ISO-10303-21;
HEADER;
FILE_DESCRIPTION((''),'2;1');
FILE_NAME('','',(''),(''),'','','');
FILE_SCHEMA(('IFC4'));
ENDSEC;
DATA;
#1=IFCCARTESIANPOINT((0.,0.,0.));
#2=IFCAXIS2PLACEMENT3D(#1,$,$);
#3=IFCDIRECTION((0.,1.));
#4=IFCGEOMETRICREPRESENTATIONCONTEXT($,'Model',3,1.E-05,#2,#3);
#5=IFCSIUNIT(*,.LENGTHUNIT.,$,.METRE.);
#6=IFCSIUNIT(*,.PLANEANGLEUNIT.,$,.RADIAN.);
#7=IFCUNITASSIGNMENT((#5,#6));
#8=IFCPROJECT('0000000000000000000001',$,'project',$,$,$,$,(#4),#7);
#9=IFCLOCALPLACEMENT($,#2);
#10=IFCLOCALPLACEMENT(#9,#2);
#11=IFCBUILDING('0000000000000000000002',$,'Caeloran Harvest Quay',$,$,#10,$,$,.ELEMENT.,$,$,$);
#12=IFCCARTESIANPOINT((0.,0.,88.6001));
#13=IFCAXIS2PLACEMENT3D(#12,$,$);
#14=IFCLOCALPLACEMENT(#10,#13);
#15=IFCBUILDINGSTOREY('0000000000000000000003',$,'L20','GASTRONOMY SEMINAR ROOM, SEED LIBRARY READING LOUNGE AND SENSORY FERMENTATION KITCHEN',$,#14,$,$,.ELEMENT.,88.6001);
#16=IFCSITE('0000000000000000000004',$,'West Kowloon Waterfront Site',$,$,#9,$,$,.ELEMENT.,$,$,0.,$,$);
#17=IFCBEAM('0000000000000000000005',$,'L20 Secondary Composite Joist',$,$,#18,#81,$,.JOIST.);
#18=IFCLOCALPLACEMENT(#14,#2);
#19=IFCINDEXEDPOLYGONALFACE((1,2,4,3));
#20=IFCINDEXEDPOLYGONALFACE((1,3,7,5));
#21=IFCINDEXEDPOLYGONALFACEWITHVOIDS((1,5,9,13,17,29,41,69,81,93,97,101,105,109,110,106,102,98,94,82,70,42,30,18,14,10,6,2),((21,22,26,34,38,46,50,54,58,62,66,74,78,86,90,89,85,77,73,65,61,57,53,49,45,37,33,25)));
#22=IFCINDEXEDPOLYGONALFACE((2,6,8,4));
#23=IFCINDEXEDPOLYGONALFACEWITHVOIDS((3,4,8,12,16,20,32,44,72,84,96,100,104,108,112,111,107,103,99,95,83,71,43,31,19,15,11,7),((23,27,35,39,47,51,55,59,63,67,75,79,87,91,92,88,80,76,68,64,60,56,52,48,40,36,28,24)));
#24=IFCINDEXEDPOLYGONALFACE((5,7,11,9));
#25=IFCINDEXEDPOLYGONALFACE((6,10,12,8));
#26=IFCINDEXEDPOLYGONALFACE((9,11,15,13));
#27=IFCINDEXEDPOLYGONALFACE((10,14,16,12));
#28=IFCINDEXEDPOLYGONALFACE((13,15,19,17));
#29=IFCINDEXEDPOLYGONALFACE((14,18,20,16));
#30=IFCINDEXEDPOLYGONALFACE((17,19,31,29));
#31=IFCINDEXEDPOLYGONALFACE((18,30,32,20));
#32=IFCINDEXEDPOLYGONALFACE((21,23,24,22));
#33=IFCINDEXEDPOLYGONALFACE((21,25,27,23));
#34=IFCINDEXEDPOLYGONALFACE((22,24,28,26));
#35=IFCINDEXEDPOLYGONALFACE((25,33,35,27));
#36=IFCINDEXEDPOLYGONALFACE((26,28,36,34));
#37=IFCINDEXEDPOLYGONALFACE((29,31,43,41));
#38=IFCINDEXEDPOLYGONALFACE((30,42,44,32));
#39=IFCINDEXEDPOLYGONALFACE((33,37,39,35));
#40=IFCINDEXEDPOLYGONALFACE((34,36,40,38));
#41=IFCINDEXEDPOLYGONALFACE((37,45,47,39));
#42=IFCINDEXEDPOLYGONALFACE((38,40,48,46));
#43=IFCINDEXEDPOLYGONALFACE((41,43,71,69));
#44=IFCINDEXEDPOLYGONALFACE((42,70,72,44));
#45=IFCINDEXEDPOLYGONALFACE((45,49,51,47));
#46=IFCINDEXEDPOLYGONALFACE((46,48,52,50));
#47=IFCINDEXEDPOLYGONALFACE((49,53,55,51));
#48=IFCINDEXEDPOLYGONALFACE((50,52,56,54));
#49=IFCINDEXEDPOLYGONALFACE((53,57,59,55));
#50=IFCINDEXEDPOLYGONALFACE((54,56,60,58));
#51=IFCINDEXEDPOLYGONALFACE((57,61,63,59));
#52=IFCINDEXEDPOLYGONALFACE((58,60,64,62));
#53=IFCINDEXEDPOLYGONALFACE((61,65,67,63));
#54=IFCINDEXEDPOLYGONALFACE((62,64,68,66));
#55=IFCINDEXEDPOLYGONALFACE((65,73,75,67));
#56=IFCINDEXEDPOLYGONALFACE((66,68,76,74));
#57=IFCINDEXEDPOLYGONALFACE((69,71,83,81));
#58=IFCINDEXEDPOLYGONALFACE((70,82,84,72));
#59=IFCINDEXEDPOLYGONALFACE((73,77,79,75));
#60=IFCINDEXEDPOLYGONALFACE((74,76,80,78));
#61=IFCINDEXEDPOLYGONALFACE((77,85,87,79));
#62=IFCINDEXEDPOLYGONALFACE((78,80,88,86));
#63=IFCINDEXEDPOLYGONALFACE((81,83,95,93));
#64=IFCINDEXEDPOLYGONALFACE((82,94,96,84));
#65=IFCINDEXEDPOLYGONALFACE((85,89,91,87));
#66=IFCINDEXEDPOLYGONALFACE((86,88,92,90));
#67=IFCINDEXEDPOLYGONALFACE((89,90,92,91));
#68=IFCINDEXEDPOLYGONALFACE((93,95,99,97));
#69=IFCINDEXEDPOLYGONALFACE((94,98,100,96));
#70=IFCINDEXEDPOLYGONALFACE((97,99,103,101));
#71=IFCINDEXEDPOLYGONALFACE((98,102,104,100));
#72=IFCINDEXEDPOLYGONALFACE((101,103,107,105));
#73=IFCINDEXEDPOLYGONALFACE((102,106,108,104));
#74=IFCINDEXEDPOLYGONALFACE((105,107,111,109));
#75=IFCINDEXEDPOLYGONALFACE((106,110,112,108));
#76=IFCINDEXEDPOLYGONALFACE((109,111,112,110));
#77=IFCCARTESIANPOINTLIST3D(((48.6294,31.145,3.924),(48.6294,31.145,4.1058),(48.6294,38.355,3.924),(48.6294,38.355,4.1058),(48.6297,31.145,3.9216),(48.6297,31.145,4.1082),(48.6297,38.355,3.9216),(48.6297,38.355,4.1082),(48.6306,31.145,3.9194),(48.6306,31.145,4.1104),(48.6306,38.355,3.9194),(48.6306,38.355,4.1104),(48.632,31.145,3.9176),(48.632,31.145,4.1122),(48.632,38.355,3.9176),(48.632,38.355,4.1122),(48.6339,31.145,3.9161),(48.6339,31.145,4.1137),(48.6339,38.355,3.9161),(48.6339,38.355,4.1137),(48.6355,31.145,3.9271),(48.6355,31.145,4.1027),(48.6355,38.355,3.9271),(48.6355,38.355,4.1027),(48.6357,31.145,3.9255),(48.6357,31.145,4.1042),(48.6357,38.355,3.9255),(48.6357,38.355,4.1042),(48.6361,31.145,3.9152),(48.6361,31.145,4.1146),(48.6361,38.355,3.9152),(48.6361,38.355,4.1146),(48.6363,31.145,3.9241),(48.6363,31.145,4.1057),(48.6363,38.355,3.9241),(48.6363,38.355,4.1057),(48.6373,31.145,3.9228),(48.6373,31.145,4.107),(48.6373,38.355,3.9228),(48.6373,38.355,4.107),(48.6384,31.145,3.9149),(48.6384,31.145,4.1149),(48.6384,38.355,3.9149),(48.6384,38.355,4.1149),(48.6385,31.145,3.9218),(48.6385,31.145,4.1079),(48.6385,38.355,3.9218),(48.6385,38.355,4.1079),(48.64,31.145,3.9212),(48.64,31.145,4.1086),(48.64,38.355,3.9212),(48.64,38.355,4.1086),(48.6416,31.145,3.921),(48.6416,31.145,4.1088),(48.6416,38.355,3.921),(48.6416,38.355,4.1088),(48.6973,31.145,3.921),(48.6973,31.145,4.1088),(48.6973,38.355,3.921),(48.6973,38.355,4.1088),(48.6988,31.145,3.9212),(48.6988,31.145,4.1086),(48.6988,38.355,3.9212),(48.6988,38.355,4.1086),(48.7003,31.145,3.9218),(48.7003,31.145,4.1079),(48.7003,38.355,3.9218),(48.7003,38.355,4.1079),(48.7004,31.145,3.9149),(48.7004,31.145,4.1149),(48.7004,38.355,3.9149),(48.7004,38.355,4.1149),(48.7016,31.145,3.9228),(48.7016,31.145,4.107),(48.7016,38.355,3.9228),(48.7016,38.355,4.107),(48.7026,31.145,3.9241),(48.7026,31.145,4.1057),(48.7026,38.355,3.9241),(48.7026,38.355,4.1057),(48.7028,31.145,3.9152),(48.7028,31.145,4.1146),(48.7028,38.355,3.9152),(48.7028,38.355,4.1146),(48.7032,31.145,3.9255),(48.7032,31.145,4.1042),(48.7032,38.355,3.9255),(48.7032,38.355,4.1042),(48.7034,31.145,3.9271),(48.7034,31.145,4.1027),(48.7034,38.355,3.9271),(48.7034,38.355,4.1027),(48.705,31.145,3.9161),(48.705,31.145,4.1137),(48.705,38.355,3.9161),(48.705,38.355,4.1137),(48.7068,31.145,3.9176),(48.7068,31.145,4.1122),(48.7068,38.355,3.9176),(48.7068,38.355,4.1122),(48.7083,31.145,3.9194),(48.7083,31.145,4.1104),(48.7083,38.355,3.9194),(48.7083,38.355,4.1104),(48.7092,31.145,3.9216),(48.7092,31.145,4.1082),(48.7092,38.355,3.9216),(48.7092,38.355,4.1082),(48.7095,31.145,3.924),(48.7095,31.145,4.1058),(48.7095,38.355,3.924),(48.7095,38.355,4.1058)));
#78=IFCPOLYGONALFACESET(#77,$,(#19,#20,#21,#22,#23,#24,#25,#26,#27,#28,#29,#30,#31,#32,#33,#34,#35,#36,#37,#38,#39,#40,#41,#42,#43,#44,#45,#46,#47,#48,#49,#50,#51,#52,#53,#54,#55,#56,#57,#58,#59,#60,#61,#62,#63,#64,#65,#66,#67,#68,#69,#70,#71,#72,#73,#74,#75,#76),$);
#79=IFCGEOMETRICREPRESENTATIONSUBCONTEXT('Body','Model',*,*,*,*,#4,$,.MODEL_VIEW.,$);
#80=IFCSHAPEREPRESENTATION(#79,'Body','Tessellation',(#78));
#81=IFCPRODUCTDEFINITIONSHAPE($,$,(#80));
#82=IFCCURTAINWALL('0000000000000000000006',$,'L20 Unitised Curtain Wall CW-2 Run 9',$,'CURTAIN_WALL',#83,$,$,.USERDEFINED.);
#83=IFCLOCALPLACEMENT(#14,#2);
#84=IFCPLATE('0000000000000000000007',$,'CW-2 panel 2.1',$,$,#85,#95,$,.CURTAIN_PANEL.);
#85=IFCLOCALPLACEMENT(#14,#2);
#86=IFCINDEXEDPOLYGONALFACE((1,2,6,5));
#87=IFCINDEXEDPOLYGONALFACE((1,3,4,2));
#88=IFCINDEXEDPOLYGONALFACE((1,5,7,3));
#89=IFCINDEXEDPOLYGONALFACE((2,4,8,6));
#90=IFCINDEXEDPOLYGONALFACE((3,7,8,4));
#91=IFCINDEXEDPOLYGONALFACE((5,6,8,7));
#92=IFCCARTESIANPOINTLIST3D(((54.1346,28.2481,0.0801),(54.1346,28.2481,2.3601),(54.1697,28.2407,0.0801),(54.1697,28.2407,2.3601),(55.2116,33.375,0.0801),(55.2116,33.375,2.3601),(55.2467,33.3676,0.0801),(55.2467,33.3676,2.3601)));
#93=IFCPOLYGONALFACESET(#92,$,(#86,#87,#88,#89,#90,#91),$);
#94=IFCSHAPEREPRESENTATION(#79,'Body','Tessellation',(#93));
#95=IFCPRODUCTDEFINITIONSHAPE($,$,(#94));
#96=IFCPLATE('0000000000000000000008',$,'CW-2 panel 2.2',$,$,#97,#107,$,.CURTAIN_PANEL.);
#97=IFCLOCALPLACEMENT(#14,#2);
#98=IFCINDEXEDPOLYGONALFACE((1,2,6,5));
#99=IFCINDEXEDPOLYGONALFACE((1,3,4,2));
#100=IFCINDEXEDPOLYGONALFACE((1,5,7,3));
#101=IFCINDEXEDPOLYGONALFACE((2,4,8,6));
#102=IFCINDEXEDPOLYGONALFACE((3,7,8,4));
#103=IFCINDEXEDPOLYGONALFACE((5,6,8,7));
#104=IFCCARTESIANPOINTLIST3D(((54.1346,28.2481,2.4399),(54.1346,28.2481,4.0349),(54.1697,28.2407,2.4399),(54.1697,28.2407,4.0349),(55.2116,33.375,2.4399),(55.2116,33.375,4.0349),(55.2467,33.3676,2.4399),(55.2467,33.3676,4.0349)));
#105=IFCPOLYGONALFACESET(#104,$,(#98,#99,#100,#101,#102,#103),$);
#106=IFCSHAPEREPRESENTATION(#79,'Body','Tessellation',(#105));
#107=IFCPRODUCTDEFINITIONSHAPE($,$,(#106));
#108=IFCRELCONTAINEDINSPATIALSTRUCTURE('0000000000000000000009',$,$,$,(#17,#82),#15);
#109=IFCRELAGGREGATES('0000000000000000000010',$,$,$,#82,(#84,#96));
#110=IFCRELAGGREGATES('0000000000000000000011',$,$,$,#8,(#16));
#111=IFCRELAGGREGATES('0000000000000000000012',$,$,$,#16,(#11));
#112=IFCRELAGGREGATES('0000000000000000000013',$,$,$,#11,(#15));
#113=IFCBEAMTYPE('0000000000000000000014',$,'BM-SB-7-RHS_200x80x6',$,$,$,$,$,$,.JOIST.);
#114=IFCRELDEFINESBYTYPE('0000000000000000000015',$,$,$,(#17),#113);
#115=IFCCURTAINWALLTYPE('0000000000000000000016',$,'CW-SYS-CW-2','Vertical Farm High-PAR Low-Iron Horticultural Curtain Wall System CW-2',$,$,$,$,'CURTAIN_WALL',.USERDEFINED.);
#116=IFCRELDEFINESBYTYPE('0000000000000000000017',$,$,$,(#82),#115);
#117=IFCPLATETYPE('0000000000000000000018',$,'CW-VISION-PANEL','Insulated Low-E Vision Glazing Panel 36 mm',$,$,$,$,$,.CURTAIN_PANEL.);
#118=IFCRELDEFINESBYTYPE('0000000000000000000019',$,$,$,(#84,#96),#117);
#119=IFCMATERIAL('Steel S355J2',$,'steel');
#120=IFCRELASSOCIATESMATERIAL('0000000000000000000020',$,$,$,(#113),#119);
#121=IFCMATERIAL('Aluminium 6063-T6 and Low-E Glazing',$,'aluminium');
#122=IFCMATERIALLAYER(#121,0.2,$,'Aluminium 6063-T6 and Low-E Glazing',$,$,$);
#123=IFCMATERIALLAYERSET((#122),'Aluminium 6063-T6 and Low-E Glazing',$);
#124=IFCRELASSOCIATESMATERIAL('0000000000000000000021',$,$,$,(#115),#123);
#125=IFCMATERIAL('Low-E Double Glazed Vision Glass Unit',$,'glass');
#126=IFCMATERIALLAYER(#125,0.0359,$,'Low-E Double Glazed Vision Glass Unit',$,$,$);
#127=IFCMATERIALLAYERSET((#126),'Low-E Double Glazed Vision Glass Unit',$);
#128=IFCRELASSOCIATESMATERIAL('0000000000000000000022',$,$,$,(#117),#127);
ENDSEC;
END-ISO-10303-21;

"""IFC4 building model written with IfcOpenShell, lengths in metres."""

from ifc_helpers import new_model, si_unit, direction, frame, origin, origin_2d, place, context, subcontext, project, spatial, rectangle, hollow_rectangle, extrude, material, layer, layer_set, material_profile, profile_set, type_object, element, aggregate, save


model = new_model("IFC4")

# Units and contexts
model_context = context("Model", 3, precision=1e-05, world=origin(), true_north=direction((0.0, 1.0)))
body_context = subcontext(model_context, "Body", "Model", "MODEL_VIEW")
ifc_project = project(units=[si_unit("LENGTHUNIT", "METRE"), si_unit("PLANEANGLEUNIT", "RADIAN")], contexts=[model_context])

# Site, building, storey
site_placement = place(None, origin())
site = spatial("IfcSite", under=ifc_project, at=site_placement, Name="West Kowloon Waterfront Site", CompositionType="ELEMENT", RefElevation=0.0)
building_placement = place(site_placement, origin())
building = spatial("IfcBuilding", under=site, at=building_placement, Name="Caeloran Harvest Quay", CompositionType="ELEMENT")
storey_placement = place(building_placement, frame((0.0, 0.0, 88.6001)))
storey = spatial("IfcBuildingStorey", under=building, at=storey_placement, Name="L20", Description="GASTRONOMY SEMINAR ROOM, SEED LIBRARY READING LOUNGE AND SENSORY FERMENTATION KITCHEN", CompositionType="ELEMENT", Elevation=88.6001)

# Beam
ifc_material_1 = material(Name="Steel S355J2", Category="steel")
ifc_material_profile_1 = material_profile(ifc_material_1, hollow_rectangle(XDim=0.0801, YDim=0.2, WallThickness=0.0061, InnerFilletRadius=0.0061, OuterFilletRadius=0.009, at=origin_2d()), Name="RHS 200x80x6")
ifc_profile_set_1 = profile_set([ifc_material_profile_1], Name="Steel S355J2")
beam_type_1 = type_object("IfcBeamType", Name="BM-SB-7-RHS_200x80x6", PredefinedType="JOIST", material=ifc_profile_set_1)
for number, where, z_axis, x_axis, name in (
    (1, (48.6694, 31.145, 4.0149), (0.0, 1.0, 0.0), (-1.0, 0.0, 0.0), "L20 Secondary Composite Joist"),
):
    element("IfcBeam", number, at=place(storey_placement, frame(where, z_axis=z_axis, x_axis=x_axis)), inside=storey, type_object=beam_type_1, Name=name, PredefinedType="JOIST", context=body_context, shape_type="SweptSolid", body=[
        extrude(hollow_rectangle(XDim=0.0801, YDim=0.2, WallThickness=0.0061, InnerFilletRadius=0.0061, OuterFilletRadius=0.009, at=origin_2d()), origin(), (0.0, 0.0, 1.0), 7.21),
    ])

# Curtain wall, plates
ifc_material_2 = material(Name="Aluminium 6063-T6 and Low-E Glazing", Category="aluminium")
ifc_layer_1 = layer(ifc_material_2, 0.2, Name="Aluminium 6063-T6 and Low-E Glazing")
ifc_layer_set_1 = layer_set([ifc_layer_1], Name="Aluminium 6063-T6 and Low-E Glazing")
curtain_wall_type = type_object("IfcCurtainWallType", Name="CW-SYS-CW-2", Description="Vertical Farm High-PAR Low-Iron Horticultural Curtain Wall System CW-2", ElementType="CURTAIN_WALL", PredefinedType="USERDEFINED", material=ifc_layer_set_1)
curtain_wall_placement = place(storey_placement, origin())
curtain_wall = element("IfcCurtainWall", 2, at=curtain_wall_placement, inside=storey, type_object=curtain_wall_type, Name="L20 Unitised Curtain Wall CW-2 Run 9", ObjectType="CURTAIN_WALL", PredefinedType="USERDEFINED")
ifc_material_3 = material(Name="Low-E Double Glazed Vision Glass Unit", Category="glass")
ifc_layer_2 = layer(ifc_material_3, 0.0359, Name="Low-E Double Glazed Vision Glass Unit")
ifc_layer_set_2 = layer_set([ifc_layer_2], Name="Low-E Double Glazed Vision Glass Unit")
plate_type = type_object("IfcPlateType", Name="CW-VISION-PANEL", Description="Insulated Low-E Vision Glazing Panel 36 mm", PredefinedType="CURTAIN_PANEL", material=ifc_layer_set_2)
plate_1_placement = place(storey_placement, frame((54.6907, 30.8079, 0.0801), z_axis=(0.0, 0.0, 1.0), x_axis=(-0.205583, -0.97864, 0.0)))
plate_1 = element("IfcPlate", 3, at=plate_1_placement, type_object=plate_type, Name="CW-2 panel 2.1", PredefinedType="CURTAIN_PANEL", context=body_context, shape_type="SweptSolid", body=[
    extrude(rectangle(XDim=5.2388, YDim=0.0359, at=origin_2d()), origin(), (0.0, 0.0, 1.0), 2.28),
])
plate_2_placement = place(storey_placement, frame((54.6907, 30.8079, 2.4399), z_axis=(0.0, 0.0, 1.0), x_axis=(-0.205583, -0.97864, 0.0)))
plate_2 = element("IfcPlate", 4, at=plate_2_placement, type_object=plate_type, Name="CW-2 panel 2.2", PredefinedType="CURTAIN_PANEL", context=body_context, shape_type="SweptSolid", body=[
    extrude(rectangle(XDim=5.2388, YDim=0.0359, at=origin_2d()), origin(), (0.0, 0.0, 1.0), 1.595),
])
aggregate(curtain_wall, [plate_1, plate_2])

save(model, "model.ifc")
